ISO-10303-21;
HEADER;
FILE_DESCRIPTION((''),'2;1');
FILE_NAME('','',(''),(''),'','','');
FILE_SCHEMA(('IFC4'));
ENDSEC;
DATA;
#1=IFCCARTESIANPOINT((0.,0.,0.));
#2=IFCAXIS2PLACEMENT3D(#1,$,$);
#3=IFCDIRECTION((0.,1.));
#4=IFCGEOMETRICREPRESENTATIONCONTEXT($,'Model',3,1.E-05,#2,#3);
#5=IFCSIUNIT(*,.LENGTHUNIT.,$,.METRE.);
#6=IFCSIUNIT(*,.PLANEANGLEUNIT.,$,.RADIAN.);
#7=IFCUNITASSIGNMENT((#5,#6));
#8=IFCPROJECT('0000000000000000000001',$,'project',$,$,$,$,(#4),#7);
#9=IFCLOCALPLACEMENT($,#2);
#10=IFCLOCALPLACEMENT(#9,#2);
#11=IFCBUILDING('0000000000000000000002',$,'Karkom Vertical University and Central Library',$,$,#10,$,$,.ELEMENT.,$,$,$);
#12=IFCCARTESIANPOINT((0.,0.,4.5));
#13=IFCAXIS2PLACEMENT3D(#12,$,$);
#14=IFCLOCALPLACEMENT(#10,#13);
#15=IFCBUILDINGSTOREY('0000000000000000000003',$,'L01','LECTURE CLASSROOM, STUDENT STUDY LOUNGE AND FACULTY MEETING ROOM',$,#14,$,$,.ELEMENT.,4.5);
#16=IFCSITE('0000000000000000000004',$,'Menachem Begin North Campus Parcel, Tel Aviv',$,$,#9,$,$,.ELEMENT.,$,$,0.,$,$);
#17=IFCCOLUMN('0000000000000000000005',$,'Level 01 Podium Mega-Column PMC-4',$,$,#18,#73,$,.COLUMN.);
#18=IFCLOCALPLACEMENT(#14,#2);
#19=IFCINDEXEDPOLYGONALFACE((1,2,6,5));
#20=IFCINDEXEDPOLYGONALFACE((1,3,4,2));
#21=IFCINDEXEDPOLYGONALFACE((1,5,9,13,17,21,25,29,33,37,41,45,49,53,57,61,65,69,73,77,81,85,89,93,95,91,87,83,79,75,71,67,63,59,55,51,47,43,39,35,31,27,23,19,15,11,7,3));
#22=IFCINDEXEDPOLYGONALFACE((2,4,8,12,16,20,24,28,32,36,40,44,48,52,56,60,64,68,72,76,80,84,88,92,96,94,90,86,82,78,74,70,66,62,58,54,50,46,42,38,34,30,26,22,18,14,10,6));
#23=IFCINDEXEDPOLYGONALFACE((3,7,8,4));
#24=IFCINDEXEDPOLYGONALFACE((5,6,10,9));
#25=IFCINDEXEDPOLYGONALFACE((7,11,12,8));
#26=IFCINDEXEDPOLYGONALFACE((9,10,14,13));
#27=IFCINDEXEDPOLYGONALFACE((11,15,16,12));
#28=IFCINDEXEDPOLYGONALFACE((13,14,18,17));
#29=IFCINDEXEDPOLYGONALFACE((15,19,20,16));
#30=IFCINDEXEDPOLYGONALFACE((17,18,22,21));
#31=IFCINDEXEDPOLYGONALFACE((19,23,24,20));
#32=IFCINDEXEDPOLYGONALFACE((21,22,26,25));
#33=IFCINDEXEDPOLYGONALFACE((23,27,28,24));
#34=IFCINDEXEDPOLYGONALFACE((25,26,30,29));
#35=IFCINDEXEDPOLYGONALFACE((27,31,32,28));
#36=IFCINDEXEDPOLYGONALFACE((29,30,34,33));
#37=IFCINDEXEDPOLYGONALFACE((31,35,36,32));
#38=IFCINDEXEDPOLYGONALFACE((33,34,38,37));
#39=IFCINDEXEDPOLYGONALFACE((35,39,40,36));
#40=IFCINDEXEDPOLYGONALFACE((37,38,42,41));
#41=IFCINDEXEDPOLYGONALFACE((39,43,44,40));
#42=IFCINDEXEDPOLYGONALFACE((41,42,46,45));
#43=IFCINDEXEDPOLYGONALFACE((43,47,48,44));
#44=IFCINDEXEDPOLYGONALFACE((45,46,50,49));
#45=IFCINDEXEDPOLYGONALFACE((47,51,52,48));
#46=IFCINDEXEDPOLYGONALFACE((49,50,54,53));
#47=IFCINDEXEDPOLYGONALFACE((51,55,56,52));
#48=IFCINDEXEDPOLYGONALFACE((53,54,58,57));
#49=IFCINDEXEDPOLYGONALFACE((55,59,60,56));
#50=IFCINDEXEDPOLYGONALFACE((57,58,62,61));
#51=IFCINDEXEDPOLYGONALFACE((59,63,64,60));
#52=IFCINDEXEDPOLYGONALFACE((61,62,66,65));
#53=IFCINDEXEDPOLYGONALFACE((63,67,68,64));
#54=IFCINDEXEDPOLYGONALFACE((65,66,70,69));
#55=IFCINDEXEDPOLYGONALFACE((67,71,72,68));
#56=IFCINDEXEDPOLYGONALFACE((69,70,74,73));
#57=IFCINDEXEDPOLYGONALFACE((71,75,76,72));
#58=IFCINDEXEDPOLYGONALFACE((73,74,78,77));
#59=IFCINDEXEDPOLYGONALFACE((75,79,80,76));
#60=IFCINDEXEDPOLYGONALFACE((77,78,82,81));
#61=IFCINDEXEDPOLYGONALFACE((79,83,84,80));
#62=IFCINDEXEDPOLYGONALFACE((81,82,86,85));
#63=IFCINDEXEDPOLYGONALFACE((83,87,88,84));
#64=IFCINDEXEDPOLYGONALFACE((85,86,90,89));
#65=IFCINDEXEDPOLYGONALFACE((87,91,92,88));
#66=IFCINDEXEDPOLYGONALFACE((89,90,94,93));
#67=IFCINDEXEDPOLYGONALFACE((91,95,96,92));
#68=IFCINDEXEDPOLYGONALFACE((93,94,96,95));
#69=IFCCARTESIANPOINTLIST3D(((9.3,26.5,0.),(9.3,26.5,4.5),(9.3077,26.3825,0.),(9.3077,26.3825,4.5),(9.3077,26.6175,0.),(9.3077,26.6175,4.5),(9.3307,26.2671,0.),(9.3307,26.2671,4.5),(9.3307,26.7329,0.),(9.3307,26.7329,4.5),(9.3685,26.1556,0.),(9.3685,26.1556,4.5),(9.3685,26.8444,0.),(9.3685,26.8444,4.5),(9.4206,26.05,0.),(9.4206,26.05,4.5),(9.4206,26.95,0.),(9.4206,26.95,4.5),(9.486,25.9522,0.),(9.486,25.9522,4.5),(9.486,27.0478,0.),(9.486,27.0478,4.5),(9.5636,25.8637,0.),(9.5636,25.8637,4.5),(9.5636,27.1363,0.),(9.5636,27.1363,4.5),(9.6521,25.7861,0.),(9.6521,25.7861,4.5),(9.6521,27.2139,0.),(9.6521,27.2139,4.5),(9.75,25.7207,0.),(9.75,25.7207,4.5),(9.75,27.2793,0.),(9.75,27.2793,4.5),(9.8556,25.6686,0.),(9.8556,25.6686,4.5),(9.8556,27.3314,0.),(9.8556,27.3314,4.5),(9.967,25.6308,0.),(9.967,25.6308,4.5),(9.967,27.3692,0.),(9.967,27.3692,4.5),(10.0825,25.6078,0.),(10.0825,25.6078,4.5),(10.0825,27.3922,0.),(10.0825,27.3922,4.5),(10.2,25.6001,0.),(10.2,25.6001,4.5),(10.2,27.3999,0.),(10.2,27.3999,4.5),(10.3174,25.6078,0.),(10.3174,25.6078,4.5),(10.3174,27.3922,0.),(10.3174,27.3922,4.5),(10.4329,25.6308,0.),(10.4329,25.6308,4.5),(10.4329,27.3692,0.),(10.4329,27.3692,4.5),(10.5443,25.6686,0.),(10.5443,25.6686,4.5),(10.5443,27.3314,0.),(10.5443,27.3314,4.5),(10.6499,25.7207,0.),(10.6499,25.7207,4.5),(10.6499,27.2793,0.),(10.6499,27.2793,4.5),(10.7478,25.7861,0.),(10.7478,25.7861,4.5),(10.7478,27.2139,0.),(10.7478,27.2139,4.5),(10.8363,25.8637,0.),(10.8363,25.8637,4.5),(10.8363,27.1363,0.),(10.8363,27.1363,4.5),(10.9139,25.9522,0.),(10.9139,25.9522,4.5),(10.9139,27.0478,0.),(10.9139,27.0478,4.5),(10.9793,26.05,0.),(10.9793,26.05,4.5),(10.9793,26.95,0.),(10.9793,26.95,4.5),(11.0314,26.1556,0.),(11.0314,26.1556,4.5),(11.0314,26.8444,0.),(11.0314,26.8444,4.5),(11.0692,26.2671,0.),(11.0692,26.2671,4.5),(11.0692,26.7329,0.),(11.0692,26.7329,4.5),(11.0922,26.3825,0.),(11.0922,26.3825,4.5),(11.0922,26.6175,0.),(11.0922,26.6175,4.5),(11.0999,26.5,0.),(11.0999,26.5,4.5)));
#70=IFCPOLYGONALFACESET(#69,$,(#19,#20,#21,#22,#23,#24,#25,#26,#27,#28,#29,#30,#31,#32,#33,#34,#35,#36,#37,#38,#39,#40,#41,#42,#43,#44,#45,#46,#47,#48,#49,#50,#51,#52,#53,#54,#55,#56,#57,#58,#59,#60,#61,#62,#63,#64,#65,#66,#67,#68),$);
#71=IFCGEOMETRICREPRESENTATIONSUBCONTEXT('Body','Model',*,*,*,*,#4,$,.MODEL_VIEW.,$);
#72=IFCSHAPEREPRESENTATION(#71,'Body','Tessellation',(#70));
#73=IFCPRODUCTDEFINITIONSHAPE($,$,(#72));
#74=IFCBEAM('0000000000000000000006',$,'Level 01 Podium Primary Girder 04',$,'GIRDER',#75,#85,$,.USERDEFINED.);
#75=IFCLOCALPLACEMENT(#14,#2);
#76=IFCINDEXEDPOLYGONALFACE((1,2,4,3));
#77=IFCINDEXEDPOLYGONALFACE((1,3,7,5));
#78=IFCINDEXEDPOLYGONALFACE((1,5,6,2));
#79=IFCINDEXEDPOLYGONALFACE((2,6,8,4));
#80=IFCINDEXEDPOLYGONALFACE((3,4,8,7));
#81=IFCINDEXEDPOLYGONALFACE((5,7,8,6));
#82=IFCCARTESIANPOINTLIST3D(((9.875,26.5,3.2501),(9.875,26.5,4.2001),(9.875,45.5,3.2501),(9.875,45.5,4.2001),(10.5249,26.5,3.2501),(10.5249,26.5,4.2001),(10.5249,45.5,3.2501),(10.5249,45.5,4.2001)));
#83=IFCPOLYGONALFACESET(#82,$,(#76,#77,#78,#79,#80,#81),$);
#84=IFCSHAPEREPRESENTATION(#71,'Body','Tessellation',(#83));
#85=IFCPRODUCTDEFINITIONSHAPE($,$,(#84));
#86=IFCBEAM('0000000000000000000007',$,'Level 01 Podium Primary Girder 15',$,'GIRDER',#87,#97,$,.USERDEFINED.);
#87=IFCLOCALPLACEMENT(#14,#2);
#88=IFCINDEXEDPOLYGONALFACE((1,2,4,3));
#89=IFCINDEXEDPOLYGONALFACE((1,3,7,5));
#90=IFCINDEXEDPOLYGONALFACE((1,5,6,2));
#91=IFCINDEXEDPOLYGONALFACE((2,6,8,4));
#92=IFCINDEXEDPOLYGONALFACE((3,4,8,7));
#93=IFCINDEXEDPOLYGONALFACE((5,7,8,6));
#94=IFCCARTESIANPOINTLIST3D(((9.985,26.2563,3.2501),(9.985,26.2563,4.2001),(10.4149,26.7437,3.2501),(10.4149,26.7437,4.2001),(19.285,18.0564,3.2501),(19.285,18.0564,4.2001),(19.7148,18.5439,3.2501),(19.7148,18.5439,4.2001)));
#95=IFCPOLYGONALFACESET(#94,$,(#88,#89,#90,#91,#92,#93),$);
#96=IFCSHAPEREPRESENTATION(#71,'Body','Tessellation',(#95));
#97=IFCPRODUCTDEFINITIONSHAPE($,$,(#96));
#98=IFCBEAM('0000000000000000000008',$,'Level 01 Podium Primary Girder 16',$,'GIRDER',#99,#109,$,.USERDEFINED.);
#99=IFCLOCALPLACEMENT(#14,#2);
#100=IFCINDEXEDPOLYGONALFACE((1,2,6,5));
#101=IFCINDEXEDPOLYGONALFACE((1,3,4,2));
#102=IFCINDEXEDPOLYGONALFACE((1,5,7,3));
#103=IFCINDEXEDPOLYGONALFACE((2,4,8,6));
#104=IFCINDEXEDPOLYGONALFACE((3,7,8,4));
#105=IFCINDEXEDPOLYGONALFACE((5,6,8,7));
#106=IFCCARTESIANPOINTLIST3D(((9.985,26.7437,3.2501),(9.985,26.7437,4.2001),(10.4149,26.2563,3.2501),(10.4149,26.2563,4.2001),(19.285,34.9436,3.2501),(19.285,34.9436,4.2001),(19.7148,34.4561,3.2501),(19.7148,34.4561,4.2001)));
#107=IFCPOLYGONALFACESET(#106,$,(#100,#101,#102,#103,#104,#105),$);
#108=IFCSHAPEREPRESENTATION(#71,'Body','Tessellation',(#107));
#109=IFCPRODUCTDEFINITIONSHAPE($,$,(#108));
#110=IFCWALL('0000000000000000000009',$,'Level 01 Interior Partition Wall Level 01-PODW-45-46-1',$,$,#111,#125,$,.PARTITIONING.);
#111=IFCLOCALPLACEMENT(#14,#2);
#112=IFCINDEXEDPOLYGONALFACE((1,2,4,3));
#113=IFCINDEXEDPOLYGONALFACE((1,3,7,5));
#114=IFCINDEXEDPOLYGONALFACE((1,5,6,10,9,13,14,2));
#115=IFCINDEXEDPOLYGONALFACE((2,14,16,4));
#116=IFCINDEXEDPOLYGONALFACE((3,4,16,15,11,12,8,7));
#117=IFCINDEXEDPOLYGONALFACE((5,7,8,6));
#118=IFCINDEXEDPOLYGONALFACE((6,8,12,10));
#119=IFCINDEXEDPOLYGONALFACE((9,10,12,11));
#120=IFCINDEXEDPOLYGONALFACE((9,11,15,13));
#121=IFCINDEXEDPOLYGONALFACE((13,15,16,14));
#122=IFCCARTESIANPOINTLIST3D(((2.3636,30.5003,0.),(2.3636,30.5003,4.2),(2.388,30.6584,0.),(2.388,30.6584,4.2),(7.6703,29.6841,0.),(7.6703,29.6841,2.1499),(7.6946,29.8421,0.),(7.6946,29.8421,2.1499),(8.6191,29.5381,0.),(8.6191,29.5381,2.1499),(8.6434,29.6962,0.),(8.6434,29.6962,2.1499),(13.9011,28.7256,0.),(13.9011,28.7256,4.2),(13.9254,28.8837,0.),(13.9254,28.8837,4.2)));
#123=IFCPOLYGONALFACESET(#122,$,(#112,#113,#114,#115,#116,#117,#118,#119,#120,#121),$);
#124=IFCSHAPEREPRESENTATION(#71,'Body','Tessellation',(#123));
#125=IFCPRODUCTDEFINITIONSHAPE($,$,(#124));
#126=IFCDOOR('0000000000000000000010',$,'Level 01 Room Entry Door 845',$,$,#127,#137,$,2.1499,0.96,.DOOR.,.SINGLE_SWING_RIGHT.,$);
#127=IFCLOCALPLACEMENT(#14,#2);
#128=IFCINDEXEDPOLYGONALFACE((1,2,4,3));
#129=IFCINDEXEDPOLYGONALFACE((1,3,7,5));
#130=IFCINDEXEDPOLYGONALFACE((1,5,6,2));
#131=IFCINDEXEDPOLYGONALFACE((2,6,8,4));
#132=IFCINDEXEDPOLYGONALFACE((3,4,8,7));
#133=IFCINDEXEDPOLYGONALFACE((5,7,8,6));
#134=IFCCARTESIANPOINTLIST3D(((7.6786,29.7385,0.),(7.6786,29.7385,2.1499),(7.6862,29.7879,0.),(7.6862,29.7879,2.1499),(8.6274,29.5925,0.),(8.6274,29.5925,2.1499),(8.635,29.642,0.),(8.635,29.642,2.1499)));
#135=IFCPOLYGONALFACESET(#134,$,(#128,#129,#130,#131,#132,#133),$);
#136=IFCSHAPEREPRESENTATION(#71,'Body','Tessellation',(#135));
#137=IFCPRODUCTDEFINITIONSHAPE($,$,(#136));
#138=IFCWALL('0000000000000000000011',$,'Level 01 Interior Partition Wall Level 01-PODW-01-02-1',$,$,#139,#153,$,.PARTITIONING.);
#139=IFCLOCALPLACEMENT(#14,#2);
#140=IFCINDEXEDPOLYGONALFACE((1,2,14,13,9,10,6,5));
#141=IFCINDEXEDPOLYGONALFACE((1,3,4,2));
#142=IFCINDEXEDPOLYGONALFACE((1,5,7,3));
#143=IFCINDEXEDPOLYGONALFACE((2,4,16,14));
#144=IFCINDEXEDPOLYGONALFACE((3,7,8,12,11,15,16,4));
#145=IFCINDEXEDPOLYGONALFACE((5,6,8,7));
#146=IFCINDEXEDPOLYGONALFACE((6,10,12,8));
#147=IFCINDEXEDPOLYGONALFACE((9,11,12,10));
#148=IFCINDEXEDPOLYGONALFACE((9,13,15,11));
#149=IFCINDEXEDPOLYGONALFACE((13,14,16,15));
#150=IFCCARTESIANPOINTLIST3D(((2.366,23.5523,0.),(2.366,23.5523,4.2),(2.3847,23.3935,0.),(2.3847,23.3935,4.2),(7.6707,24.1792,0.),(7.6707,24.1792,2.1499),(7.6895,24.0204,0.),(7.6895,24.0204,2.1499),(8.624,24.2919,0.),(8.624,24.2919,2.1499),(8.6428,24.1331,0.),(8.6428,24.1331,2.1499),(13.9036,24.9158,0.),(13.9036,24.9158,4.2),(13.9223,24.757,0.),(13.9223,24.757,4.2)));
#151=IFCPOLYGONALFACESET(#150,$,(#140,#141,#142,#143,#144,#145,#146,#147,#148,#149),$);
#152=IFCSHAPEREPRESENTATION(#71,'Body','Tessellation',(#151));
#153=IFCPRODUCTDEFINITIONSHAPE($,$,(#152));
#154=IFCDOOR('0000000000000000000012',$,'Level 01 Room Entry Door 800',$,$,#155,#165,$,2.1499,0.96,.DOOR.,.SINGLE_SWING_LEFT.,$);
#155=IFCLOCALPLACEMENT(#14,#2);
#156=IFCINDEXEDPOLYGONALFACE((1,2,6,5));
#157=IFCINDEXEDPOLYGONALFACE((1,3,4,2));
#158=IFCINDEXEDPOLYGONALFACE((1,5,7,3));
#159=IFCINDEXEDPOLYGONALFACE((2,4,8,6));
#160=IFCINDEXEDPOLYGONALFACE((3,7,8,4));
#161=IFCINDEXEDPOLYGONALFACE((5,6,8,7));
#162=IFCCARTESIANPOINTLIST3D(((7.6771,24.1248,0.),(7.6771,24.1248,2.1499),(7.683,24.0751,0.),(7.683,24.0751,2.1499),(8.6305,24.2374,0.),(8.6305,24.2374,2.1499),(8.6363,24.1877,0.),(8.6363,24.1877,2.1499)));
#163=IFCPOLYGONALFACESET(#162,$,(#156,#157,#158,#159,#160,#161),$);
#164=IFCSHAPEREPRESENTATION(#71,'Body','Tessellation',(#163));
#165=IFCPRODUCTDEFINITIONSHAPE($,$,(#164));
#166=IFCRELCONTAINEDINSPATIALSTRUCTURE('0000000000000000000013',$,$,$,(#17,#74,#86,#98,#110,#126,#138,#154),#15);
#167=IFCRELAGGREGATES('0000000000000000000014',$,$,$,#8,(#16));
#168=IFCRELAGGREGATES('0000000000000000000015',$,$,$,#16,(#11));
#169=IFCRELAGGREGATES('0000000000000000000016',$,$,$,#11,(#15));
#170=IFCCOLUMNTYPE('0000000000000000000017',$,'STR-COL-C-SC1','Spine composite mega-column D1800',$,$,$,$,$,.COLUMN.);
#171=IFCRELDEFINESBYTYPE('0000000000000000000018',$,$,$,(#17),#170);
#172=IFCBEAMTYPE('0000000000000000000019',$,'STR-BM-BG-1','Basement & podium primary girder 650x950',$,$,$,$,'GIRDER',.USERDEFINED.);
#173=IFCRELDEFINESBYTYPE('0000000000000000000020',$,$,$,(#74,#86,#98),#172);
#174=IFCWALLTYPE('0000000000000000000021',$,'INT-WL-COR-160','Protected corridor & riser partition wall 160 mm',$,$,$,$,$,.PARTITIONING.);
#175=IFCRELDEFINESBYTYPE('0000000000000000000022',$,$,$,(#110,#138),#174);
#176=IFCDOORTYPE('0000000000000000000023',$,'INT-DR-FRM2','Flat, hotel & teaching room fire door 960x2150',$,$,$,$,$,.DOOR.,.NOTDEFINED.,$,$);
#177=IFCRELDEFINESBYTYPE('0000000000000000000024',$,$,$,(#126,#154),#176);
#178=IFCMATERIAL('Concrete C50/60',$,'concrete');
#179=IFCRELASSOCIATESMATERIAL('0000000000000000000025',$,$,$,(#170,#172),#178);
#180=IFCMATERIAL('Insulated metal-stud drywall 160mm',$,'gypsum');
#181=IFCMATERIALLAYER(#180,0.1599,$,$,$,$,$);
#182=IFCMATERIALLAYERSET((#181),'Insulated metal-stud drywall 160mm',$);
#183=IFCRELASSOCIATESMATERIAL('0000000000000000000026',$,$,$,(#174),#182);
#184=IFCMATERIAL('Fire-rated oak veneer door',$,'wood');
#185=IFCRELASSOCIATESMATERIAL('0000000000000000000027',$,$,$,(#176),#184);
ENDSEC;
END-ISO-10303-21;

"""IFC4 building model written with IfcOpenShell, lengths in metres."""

from ifc_helpers import new_model, si_unit, direction, frame, frame_2d, origin, origin_with_axes, origin_2d, place, context, subcontext, project, spatial, rectangle, circle, extrude, source, transform, mapped, material, layer, layer_set, material_profile, profile_set, type_object, element, fill, save


model = new_model("IFC4")

# Units and contexts
model_context = context("Model", 3, precision=1e-05, world=origin(), true_north=direction((0.0, 1.0)))
body_context = subcontext(model_context, "Body", "Model", "MODEL_VIEW")
ifc_project = project(units=[si_unit("LENGTHUNIT", "METRE"), si_unit("PLANEANGLEUNIT", "RADIAN")], contexts=[model_context])

# Site, building, storey
site_placement = place(None, origin())
site = spatial("IfcSite", under=ifc_project, at=site_placement, Name="Menachem Begin North Campus Parcel, Tel Aviv", CompositionType="ELEMENT", RefElevation=0.0)
building_placement = place(site_placement, origin())
building = spatial("IfcBuilding", under=site, at=building_placement, Name="Karkom Vertical University and Central Library", CompositionType="ELEMENT")
storey_placement = place(building_placement, frame((0.0, 0.0, 4.5)))
storey = spatial("IfcBuildingStorey", under=building, at=storey_placement, Name="L01", Description="LECTURE CLASSROOM, STUDENT STUDY LOUNGE AND FACULTY MEETING ROOM", CompositionType="ELEMENT", Elevation=4.5)

# Column
ifc_material_1 = material(Name="Concrete C50/60", Category="concrete")
ifc_material_profile_1 = material_profile(ifc_material_1, circle(Radius=0.8999, at=origin_2d()), Name="CFT-D1800")
ifc_profile_set_1 = profile_set([ifc_material_profile_1], Name="Concrete C50/60")
column_type = type_object("IfcColumnType", Name="STR-COL-C-SC1", Description="Spine composite mega-column D1800", PredefinedType="COLUMN", material=ifc_profile_set_1)
shared_shape_1 = source(origin_with_axes(), body_context, "Body", "SweptSolid", [
    extrude(circle(Radius=0.8999, at=origin_2d()), origin(), (0.0, 0.0, 1.0), 4.5),
])
column_placement = place(storey_placement, frame((10.2, 26.5, 0.0), z_axis=(0.0, 0.0, 1.0), x_axis=(1.0, 0.0, 0.0)))
element("IfcColumn", 1, at=column_placement, inside=storey, type_object=column_type, Name="Level 01 Podium Mega-Column PMC-4", PredefinedType="COLUMN", context=body_context, shape_type="MappedRepresentation", body=[
    mapped(shared_shape_1, transform((0.0, 0.0, 0.0), scale=1.0)),
])

# Beams
ifc_material_profile_2 = material_profile(ifc_material_1, rectangle(XDim=0.6499, YDim=0.95, at=origin_2d()), Name="RCG-650x950")
ifc_profile_set_2 = profile_set([ifc_material_profile_2], Name="Concrete C50/60")
beam_type = type_object("IfcBeamType", Name="STR-BM-BG-1", Description="Basement & podium primary girder 650x950", ElementType="GIRDER", PredefinedType="USERDEFINED", material=ifc_profile_set_2)
shared_shape_2 = source(origin_with_axes(), body_context, "Body", "SweptSolid", [
    extrude(rectangle(XDim=0.6499, YDim=0.95, at=origin_2d()), origin(), (0.0, 0.0, 1.0), 19.0),
])
beam_placement = place(storey_placement, frame((10.2, 26.5, 3.7251), z_axis=(0.0, 1.0, 0.0), x_axis=(-1.0, 0.0, 0.0)))
element("IfcBeam", 2, at=beam_placement, inside=storey, type_object=beam_type, Name="Level 01 Podium Primary Girder 04", ObjectType="GIRDER", PredefinedType="USERDEFINED", context=body_context, shape_type="MappedRepresentation", body=[
    mapped(shared_shape_2, transform((0.0, 0.0, 0.0), scale=1.0)),
])
shared_shape_3 = source(origin_with_axes(), body_context, "Body", "SweptSolid", [
    extrude(rectangle(XDim=0.6499, YDim=0.95, at=origin_2d()), origin(), (0.0, 0.0, 1.0), 12.3987),
])
for number, where, z_axis, x_axis, name in (
    (3, (10.2, 26.5, 3.7251), (0.750077, -0.661351, 0.0), (0.661351, 0.750077, 0.0), "Level 01 Podium Primary Girder 15"),
    (4, (10.2, 26.5, 3.7251), (0.750077, 0.661351, 0.0), (-0.661351, 0.750077, 0.0), "Level 01 Podium Primary Girder 16"),
):
    element("IfcBeam", number, at=place(storey_placement, frame(where, z_axis=z_axis, x_axis=x_axis)), inside=storey, type_object=beam_type, Name=name, ObjectType="GIRDER", PredefinedType="USERDEFINED", context=body_context, shape_type="MappedRepresentation", body=[
        mapped(shared_shape_3, transform((0.0, 0.0, 0.0), scale=1.0)),
    ])

# Walls, openings, doors
ifc_material_2 = material(Name="Insulated metal-stud drywall 160mm", Category="gypsum")
ifc_layer_1 = layer(ifc_material_2, 0.1599)
ifc_layer_set_1 = layer_set([ifc_layer_1], Name="Insulated metal-stud drywall 160mm")
wall_type_1 = type_object("IfcWallType", Name="INT-WL-COR-160", Description="Protected corridor & riser partition wall 160 mm", PredefinedType="PARTITIONING", material=ifc_layer_set_1)
wall_1_placement = place(storey_placement, frame((13.9131, 28.8047, 0.0), z_axis=(0.0, 0.0, 1.0), x_axis=(-0.988376, 0.15203, 0.0)))
wall_1 = element("IfcWall", 5, at=wall_1_placement, inside=storey, type_object=wall_type_1, Name="Level 01 Interior Partition Wall Level 01-PODW-45-46-1", PredefinedType="PARTITIONING", context=body_context, shape_type="SweptSolid", body=[
    extrude(rectangle(XDim=11.6731, YDim=0.1599, at=frame_2d((5.8364, 0.0))), origin(), (0.0, 0.0, 1.0), 4.2),
])
opening_1_placement = place(wall_1_placement, frame((5.344, 0.0, 0.0)))
opening_1 = element("IfcOpeningElement", 6, at=opening_1_placement, cuts=wall_1, PredefinedType="OPENING", context=body_context, shape_type="SweptSolid", body=[
    extrude(rectangle(XDim=0.96, YDim=2.1499, at=frame_2d((0.48, 1.075))), frame((0.0, 0.0898, 0.0), z_axis=(0.0, -1.0, 0.0), x_axis=(1.0, 0.0, 0.0)), (0.0, 0.0, 1.0), 0.1799),
])
ifc_material_3 = material(Name="Fire-rated oak veneer door", Category="wood")
door_type_1 = type_object("IfcDoorType", Name="INT-DR-FRM2", Description="Flat, hotel & teaching room fire door 960x2150", OperationType="NOTDEFINED", PredefinedType="DOOR", material=ifc_material_3)
shared_shape_4 = source(origin_with_axes(), body_context, "Body", "SweptSolid", [
    extrude(rectangle(XDim=0.96, YDim=2.1499, at=frame_2d((0.48, 1.075))), frame((0.0, 0.0249, 0.0), z_axis=(0.0, -1.0, 0.0), x_axis=(1.0, 0.0, 0.0)), (0.0, 0.0, 1.0), 0.05),
])
door_1_placement = place(opening_1_placement, origin())
door_1 = element("IfcDoor", 7, at=door_1_placement, inside=storey, type_object=door_type_1, Name="Level 01 Room Entry Door 845", OperationType="SINGLE_SWING_RIGHT", OverallHeight=2.1499, OverallWidth=0.96, PredefinedType="DOOR", context=body_context, shape_type="MappedRepresentation", body=[
    mapped(shared_shape_4, transform((0.0, 0.0, 0.0), scale=1.0)),
])
fill(opening_1, door_1)
wall_2_placement = place(storey_placement, frame((13.9131, 24.8364, 0.0), z_axis=(0.0, 0.0, 1.0), x_axis=(-0.993089, -0.117364, 0.0)))
wall_2 = element("IfcWall", 8, at=wall_2_placement, inside=storey, type_object=wall_type_1, Name="Level 01 Interior Partition Wall Level 01-PODW-01-02-1", PredefinedType="PARTITIONING", context=body_context, shape_type="SweptSolid", body=[
    extrude(rectangle(XDim=11.6179, YDim=0.1599, at=frame_2d((5.8091, 0.0))), origin(), (0.0, 0.0, 1.0), 4.2),
])
opening_2_placement = place(wall_2_placement, frame((5.3164, 0.0, 0.0)))
opening_2 = element("IfcOpeningElement", 9, at=opening_2_placement, cuts=wall_2, PredefinedType="OPENING", context=body_context, shape_type="SweptSolid", body=[
    extrude(rectangle(XDim=0.96, YDim=2.1499, at=frame_2d((0.48, 1.075))), frame((0.0, 0.0898, 0.0), z_axis=(0.0, -1.0, 0.0), x_axis=(1.0, 0.0, 0.0)), (0.0, 0.0, 1.0), 0.1799),
])
door_2_placement = place(opening_2_placement, origin())
door_2 = element("IfcDoor", 10, at=door_2_placement, inside=storey, type_object=door_type_1, Name="Level 01 Room Entry Door 800", OperationType="SINGLE_SWING_LEFT", OverallHeight=2.1499, OverallWidth=0.96, PredefinedType="DOOR", context=body_context, shape_type="MappedRepresentation", body=[
    mapped(shared_shape_4, transform((0.0, 0.0, 0.0), scale=1.0)),
])
fill(opening_2, door_2)

save(model, "model.ifc")
